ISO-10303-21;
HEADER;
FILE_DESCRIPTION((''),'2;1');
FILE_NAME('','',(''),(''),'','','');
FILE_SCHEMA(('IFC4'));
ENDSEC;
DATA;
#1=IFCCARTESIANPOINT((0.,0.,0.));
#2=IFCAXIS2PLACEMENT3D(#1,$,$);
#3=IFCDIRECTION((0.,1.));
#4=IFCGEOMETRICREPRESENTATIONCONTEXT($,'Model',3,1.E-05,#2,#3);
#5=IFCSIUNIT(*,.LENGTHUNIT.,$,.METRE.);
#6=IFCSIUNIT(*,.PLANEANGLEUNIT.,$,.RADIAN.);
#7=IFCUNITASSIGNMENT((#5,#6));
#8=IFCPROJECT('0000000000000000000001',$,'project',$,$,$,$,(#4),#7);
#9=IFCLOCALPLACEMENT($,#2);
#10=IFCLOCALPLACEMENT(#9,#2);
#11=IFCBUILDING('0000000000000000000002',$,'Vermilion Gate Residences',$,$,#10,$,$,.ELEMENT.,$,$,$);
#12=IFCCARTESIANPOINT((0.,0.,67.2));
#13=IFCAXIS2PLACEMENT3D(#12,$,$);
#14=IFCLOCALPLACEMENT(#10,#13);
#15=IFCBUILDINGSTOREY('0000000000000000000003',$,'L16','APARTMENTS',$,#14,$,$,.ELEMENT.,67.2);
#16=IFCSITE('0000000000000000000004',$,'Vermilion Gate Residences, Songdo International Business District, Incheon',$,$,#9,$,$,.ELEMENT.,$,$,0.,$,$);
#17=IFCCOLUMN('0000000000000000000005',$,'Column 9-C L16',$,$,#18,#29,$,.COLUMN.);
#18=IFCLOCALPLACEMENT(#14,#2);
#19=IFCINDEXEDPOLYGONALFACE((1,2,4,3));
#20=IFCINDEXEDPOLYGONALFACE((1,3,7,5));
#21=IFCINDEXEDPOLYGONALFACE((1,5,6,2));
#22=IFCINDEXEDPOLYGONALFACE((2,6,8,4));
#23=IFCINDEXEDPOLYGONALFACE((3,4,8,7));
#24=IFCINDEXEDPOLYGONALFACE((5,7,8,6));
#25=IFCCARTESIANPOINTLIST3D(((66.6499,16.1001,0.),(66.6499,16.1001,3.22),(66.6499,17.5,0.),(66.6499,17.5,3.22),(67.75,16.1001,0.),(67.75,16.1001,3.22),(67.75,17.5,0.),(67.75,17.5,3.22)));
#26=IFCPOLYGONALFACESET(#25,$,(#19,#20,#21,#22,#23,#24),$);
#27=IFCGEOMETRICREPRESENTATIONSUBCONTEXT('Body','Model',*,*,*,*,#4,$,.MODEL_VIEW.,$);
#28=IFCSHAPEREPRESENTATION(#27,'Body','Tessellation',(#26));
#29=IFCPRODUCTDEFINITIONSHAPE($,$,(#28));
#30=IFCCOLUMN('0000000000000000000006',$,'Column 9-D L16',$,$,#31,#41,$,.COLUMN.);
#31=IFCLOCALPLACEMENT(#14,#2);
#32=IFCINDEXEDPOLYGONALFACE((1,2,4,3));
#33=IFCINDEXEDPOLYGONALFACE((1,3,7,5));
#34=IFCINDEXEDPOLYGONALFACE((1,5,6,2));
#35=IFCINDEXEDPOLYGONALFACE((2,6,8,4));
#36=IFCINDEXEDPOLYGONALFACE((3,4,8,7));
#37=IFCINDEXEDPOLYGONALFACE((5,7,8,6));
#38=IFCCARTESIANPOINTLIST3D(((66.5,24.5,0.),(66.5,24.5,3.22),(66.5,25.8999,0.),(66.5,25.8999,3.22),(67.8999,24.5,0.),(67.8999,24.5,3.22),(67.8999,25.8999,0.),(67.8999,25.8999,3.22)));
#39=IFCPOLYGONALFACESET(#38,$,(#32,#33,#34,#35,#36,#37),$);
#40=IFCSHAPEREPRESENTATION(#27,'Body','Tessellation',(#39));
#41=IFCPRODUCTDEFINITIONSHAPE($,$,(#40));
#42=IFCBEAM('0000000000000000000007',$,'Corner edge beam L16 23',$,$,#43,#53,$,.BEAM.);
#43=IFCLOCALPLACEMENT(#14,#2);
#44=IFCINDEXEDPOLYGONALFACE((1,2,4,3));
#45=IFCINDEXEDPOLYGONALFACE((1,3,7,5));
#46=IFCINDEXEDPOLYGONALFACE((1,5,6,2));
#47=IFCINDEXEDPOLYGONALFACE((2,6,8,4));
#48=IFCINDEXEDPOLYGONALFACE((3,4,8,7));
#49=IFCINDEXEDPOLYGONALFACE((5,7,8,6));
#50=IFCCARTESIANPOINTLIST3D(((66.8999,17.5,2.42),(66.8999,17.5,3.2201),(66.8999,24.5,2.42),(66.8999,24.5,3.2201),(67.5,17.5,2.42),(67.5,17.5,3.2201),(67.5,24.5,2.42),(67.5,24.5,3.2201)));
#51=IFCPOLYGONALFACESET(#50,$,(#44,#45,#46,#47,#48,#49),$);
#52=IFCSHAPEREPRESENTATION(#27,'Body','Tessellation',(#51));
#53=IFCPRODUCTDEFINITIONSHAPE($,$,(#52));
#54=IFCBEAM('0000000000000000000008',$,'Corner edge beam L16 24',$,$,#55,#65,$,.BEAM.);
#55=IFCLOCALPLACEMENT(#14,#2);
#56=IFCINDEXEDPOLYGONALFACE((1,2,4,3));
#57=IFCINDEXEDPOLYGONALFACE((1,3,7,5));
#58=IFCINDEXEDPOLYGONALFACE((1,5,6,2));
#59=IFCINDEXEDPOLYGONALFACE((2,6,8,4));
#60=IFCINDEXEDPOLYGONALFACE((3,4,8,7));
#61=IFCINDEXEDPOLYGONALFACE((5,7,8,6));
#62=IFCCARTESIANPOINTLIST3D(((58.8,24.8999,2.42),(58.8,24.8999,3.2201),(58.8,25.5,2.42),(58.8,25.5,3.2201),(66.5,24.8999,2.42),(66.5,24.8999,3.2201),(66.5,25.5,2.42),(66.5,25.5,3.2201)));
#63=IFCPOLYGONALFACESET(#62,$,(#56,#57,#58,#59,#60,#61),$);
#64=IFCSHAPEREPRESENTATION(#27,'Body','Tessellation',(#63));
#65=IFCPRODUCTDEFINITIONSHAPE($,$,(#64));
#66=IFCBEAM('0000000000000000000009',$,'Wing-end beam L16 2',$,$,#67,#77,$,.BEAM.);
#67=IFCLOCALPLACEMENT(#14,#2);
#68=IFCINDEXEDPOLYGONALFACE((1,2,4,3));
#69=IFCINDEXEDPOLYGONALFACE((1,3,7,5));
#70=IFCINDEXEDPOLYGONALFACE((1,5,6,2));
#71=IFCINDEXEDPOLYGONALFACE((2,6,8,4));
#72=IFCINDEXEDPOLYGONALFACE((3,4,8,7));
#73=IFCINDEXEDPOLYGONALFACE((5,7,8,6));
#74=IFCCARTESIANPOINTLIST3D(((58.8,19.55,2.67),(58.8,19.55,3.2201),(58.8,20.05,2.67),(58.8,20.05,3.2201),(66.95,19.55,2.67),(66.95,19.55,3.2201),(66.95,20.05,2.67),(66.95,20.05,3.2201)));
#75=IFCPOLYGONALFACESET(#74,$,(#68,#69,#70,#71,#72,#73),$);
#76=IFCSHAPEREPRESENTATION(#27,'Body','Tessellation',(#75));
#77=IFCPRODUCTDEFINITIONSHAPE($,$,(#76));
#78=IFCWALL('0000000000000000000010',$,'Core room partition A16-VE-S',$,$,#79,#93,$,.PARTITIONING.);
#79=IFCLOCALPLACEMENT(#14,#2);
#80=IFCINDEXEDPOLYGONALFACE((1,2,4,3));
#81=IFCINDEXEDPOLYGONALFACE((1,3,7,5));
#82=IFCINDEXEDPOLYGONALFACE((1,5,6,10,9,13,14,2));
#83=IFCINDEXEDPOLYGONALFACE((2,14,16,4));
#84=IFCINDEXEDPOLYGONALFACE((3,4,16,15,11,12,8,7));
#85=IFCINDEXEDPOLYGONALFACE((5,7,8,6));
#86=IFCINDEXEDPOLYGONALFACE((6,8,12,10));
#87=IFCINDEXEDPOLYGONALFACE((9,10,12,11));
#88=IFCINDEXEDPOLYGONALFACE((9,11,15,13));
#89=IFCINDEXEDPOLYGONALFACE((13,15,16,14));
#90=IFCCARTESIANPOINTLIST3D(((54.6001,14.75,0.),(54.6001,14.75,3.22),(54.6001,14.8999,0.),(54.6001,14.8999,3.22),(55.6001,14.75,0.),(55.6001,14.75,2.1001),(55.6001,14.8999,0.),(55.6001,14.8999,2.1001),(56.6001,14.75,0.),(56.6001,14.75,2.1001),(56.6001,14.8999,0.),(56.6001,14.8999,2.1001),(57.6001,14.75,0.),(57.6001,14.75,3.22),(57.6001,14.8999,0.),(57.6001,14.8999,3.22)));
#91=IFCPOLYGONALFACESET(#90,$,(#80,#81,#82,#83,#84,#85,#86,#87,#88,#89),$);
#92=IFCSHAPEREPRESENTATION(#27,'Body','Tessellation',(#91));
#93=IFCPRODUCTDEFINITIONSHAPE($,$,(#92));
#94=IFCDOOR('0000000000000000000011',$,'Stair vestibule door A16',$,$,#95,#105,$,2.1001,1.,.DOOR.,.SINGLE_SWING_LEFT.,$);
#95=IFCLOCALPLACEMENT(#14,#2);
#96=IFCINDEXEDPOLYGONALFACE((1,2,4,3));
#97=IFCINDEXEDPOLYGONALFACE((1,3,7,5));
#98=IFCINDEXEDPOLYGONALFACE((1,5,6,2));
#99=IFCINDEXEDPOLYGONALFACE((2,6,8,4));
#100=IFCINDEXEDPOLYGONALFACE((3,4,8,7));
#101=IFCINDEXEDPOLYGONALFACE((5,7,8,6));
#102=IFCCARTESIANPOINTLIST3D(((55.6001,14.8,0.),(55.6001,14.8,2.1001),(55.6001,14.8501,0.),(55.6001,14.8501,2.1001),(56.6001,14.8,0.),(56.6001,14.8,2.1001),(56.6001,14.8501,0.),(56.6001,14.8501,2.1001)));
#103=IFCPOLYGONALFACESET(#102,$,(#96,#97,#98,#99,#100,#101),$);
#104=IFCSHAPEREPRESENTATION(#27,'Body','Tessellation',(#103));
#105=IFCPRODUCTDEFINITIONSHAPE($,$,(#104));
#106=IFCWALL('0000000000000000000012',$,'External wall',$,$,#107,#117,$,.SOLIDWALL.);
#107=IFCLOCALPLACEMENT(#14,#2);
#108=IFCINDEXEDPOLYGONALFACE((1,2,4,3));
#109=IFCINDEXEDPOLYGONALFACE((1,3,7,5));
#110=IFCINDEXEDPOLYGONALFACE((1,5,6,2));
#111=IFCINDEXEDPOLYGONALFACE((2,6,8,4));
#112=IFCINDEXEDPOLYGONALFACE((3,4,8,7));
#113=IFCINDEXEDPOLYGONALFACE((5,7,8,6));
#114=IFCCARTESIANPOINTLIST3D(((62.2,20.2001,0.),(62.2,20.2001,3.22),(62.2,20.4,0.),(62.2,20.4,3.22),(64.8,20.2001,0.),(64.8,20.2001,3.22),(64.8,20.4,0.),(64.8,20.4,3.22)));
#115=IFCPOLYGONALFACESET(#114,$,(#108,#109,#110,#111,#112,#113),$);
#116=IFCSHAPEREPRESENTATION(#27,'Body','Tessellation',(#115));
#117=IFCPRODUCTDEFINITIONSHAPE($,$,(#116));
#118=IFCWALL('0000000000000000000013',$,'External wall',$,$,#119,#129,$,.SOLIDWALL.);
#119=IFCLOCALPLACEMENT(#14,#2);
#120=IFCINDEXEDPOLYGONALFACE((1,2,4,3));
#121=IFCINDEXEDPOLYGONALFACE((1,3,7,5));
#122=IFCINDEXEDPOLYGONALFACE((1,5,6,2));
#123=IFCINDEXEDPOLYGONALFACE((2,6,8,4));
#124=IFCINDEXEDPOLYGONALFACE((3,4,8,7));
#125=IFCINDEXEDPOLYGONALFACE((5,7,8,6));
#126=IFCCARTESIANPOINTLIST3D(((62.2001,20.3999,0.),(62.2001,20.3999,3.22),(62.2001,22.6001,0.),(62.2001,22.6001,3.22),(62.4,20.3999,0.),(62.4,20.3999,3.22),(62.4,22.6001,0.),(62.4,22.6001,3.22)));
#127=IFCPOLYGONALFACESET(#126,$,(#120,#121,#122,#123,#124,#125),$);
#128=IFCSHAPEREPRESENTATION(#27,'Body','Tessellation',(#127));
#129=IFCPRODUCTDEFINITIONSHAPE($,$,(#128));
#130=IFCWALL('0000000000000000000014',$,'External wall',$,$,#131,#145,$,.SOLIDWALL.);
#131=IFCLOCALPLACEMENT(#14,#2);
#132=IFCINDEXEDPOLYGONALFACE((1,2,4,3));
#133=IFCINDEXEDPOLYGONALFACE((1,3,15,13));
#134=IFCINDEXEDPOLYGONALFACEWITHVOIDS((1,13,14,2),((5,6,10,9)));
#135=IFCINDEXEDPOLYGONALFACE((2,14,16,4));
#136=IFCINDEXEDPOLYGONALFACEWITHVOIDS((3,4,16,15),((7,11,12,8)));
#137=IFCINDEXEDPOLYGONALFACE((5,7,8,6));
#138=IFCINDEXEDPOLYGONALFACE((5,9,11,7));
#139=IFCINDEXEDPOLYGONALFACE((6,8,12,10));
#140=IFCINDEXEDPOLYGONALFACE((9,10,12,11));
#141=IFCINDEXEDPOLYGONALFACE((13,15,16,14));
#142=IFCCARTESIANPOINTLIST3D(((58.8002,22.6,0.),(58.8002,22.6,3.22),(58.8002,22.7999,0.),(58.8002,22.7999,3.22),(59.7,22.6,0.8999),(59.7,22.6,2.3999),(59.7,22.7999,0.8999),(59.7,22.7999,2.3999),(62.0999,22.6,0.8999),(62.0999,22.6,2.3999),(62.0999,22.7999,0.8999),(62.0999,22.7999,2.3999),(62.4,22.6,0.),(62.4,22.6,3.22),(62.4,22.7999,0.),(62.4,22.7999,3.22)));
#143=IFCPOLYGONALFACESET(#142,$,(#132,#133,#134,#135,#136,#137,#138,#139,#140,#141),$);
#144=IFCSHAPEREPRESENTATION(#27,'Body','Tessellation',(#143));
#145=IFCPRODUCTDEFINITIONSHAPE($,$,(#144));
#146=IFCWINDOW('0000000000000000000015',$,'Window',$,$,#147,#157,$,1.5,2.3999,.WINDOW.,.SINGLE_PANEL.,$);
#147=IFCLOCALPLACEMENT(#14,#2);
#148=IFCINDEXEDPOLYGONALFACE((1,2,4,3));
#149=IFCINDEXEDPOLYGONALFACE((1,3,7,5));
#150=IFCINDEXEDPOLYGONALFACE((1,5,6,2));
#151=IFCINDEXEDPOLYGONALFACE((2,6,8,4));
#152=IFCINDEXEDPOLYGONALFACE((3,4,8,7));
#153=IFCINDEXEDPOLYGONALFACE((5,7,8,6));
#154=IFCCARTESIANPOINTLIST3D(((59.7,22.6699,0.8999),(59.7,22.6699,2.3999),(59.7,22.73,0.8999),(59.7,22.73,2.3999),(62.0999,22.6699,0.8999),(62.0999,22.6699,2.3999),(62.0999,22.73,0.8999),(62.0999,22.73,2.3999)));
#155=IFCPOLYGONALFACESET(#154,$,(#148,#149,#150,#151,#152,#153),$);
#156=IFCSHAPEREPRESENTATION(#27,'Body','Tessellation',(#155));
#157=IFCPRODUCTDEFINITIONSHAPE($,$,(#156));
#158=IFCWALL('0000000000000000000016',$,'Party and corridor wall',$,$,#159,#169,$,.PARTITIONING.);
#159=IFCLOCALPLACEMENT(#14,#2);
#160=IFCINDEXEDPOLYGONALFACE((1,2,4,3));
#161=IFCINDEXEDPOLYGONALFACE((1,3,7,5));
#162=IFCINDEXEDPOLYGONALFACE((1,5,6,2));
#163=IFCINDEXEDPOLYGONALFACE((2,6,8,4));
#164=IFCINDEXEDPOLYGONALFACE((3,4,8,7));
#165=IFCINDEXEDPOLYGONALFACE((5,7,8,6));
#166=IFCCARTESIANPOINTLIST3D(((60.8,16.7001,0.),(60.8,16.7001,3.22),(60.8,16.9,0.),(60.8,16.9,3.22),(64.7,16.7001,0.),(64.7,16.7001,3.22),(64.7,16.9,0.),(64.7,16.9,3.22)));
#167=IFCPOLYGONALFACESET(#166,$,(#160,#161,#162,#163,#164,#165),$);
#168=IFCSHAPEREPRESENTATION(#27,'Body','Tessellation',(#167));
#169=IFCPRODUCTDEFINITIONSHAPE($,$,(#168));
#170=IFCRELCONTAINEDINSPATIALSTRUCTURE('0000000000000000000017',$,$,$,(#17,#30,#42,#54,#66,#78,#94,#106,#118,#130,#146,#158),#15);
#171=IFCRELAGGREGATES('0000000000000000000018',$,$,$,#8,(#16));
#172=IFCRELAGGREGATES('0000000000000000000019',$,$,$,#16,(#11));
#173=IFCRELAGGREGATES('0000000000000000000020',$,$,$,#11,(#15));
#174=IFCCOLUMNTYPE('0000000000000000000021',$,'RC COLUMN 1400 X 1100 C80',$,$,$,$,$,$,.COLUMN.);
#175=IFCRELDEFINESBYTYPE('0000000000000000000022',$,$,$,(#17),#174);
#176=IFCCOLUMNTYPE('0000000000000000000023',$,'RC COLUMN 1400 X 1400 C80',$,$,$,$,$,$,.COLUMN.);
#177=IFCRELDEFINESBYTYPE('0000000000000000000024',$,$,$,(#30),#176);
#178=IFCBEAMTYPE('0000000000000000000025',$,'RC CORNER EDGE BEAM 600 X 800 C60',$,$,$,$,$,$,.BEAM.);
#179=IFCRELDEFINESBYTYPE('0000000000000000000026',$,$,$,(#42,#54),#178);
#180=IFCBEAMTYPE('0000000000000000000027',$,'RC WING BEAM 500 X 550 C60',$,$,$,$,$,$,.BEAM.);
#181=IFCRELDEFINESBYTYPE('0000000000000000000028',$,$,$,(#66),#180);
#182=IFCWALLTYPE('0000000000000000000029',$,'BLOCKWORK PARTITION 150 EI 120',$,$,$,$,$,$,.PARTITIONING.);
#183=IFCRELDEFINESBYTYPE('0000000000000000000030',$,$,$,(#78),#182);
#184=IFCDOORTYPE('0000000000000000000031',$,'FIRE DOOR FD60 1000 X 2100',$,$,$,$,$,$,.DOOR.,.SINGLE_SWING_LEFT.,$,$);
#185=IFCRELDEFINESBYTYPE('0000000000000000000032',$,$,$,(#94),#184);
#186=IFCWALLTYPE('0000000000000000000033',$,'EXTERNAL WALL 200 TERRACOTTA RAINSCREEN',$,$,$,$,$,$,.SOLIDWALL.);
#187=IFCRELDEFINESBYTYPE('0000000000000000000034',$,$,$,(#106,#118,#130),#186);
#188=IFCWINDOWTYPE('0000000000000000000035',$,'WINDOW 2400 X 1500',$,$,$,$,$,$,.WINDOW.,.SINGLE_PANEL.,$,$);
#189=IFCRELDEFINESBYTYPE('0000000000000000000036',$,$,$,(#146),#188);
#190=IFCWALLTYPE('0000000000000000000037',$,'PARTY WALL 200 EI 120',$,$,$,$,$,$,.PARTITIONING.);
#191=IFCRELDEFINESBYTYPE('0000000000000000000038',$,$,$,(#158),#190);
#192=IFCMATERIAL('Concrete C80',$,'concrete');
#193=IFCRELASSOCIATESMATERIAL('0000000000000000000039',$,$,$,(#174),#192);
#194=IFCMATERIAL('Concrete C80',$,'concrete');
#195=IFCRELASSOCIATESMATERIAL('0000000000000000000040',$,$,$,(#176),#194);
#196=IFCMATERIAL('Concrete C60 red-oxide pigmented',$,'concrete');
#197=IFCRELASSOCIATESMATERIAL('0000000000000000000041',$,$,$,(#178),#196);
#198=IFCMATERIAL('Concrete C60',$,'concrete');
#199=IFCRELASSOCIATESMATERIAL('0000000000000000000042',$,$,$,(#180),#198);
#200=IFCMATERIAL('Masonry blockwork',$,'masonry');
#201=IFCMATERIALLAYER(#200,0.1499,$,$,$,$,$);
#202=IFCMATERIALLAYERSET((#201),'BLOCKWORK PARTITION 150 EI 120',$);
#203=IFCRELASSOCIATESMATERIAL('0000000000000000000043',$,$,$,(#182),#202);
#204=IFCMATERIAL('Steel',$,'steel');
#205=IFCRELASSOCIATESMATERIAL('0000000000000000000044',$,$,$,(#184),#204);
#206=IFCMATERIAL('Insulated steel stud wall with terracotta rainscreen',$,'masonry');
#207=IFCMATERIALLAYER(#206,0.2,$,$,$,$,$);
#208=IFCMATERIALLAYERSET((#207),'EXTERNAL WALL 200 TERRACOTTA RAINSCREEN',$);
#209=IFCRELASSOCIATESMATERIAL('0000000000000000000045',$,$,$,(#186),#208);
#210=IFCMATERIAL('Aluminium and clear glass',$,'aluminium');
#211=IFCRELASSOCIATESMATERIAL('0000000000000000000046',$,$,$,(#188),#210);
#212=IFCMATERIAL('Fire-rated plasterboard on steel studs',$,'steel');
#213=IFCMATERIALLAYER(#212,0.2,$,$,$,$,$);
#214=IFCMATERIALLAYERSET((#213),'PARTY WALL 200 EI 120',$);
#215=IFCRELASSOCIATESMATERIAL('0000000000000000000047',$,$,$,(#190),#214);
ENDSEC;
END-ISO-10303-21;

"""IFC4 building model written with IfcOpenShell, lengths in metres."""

from ifc_helpers import new_model, si_unit, direction, frame, frame_2d, origin, origin_2d, place, context, subcontext, project, spatial, rectangle, extrude, material, layer, layer_set, material_profile, profile_set, type_object, element, fill, save


model = new_model("IFC4")

# Units and contexts
model_context = context("Model", 3, precision=1e-05, world=origin(), true_north=direction((0.0, 1.0)))
body_context = subcontext(model_context, "Body", "Model", "MODEL_VIEW")
ifc_project = project(units=[si_unit("LENGTHUNIT", "METRE"), si_unit("PLANEANGLEUNIT", "RADIAN")], contexts=[model_context])

# Site, building, storey
site_placement = place(None, origin())
site = spatial("IfcSite", under=ifc_project, at=site_placement, Name="Vermilion Gate Residences, Songdo International Business District, Incheon", CompositionType="ELEMENT", RefElevation=0.0)
building_placement = place(site_placement, origin())
building = spatial("IfcBuilding", under=site, at=building_placement, Name="Vermilion Gate Residences", CompositionType="ELEMENT")
storey_placement = place(building_placement, frame((0.0, 0.0, 67.2)))
storey = spatial("IfcBuildingStorey", under=building, at=storey_placement, Name="L16", Description="APARTMENTS", CompositionType="ELEMENT", Elevation=67.2)

# Columns
ifc_material_1 = material(Name="Concrete C80", Category="concrete")
ifc_material_profile_1 = material_profile(ifc_material_1, rectangle(XDim=1.3999, YDim=1.1001, at=origin_2d()), Name="RC-1400x1100")
ifc_profile_set_1 = profile_set([ifc_material_profile_1], Name="Concrete C80")
column_type_1 = type_object("IfcColumnType", Name="RC COLUMN 1400 X 1100 C80", PredefinedType="COLUMN", material=ifc_profile_set_1)
column_1_placement = place(storey_placement, frame((67.2, 16.8, 0.0), z_axis=(0.0, 0.0, 1.0), x_axis=(0.0, 1.0, 0.0)))
element("IfcColumn", 1, at=column_1_placement, inside=storey, type_object=column_type_1, Name="Column 9-C L16", PredefinedType="COLUMN", context=body_context, shape_type="SweptSolid", body=[
    extrude(rectangle(XDim=1.3999, YDim=1.1001, at=origin_2d()), origin(), (0.0, 0.0, 1.0), 3.22),
])
ifc_material_2 = material(Name="Concrete C80", Category="concrete")
ifc_material_profile_2 = material_profile(ifc_material_2, rectangle(XDim=1.3999, YDim=1.3999, at=origin_2d()), Name="RC-1400x1400")
ifc_profile_set_2 = profile_set([ifc_material_profile_2], Name="Concrete C80")
column_type_2 = type_object("IfcColumnType", Name="RC COLUMN 1400 X 1400 C80", PredefinedType="COLUMN", material=ifc_profile_set_2)
column_2_placement = place(storey_placement, frame((67.2, 25.2, 0.0), z_axis=(0.0, 0.0, 1.0), x_axis=(1.0, 0.0, 0.0)))
element("IfcColumn", 2, at=column_2_placement, inside=storey, type_object=column_type_2, Name="Column 9-D L16", PredefinedType="COLUMN", context=body_context, shape_type="SweptSolid", body=[
    extrude(rectangle(XDim=1.3999, YDim=1.3999, at=origin_2d()), origin(), (0.0, 0.0, 1.0), 3.22),
])

# Beams
ifc_material_3 = material(Name="Concrete C60 red-oxide pigmented", Category="concrete")
ifc_material_profile_3 = material_profile(ifc_material_3, rectangle(XDim=0.6001, YDim=0.8, at=origin_2d()), Name="RC-600x800")
ifc_profile_set_3 = profile_set([ifc_material_profile_3], Name="Concrete C60 red-oxide pigmented")
beam_type_1 = type_object("IfcBeamType", Name="RC CORNER EDGE BEAM 600 X 800 C60", PredefinedType="BEAM", material=ifc_profile_set_3)
beam_1_placement = place(storey_placement, frame((67.2, 17.5, 2.8201), z_axis=(0.0, 1.0, 0.0), x_axis=(-1.0, 0.0, 0.0)))
element("IfcBeam", 3, at=beam_1_placement, inside=storey, type_object=beam_type_1, Name="Corner edge beam L16 23", PredefinedType="BEAM", context=body_context, shape_type="SweptSolid", body=[
    extrude(rectangle(XDim=0.6001, YDim=0.8, at=origin_2d()), origin(), (0.0, 0.0, 1.0), 7.0),
])
beam_2_placement = place(storey_placement, frame((58.8, 25.2, 2.8201), z_axis=(1.0, 0.0, 0.0), x_axis=(0.0, 1.0, 0.0)))
element("IfcBeam", 4, at=beam_2_placement, inside=storey, type_object=beam_type_1, Name="Corner edge beam L16 24", PredefinedType="BEAM", context=body_context, shape_type="SweptSolid", body=[
    extrude(rectangle(XDim=0.6001, YDim=0.8, at=origin_2d()), origin(), (0.0, 0.0, 1.0), 7.7),
])
ifc_material_4 = material(Name="Concrete C60", Category="concrete")
ifc_material_profile_4 = material_profile(ifc_material_4, rectangle(XDim=0.5, YDim=0.55, at=origin_2d()), Name="RC-500x550")
ifc_profile_set_4 = profile_set([ifc_material_profile_4], Name="Concrete C60")
beam_type_2 = type_object("IfcBeamType", Name="RC WING BEAM 500 X 550 C60", PredefinedType="BEAM", material=ifc_profile_set_4)
beam_3_placement = place(storey_placement, frame((58.8, 19.8, 2.9451), z_axis=(1.0, 0.0, 0.0), x_axis=(0.0, 1.0, 0.0)))
element("IfcBeam", 5, at=beam_3_placement, inside=storey, type_object=beam_type_2, Name="Wing-end beam L16 2", PredefinedType="BEAM", context=body_context, shape_type="SweptSolid", body=[
    extrude(rectangle(XDim=0.5, YDim=0.55, at=origin_2d()), origin(), (0.0, 0.0, 1.0), 8.1499),
])

# Wall, opening, door
ifc_material_5 = material(Name="Masonry blockwork", Category="masonry")
ifc_layer_1 = layer(ifc_material_5, 0.1499)
ifc_layer_set_1 = layer_set([ifc_layer_1], Name="BLOCKWORK PARTITION 150 EI 120")
wall_type_1 = type_object("IfcWallType", Name="BLOCKWORK PARTITION 150 EI 120", PredefinedType="PARTITIONING", material=ifc_layer_set_1)
wall_1_placement = place(storey_placement, frame((54.6001, 14.825, 0.0), z_axis=(0.0, 0.0, 1.0), x_axis=(1.0, 0.0, 0.0)))
wall_1 = element("IfcWall", 6, at=wall_1_placement, inside=storey, type_object=wall_type_1, Name="Core room partition A16-VE-S", PredefinedType="PARTITIONING", context=body_context, shape_type="SweptSolid", body=[
    extrude(rectangle(XDim=3.0, YDim=0.1499, at=frame_2d((1.5, 0.0))), origin(), (0.0, 0.0, 1.0), 3.22),
])
opening_1_placement = place(wall_1_placement, frame((1.0, 0.0, 0.0)))
opening_1 = element("IfcOpeningElement", 7, at=opening_1_placement, cuts=wall_1, PredefinedType="OPENING", context=body_context, shape_type="SweptSolid", body=[
    extrude(rectangle(XDim=1.0, YDim=2.1001, at=frame_2d((0.5, 1.05))), frame((0.0, 0.085, 0.0), z_axis=(0.0, -1.0, 0.0), x_axis=(1.0, 0.0, 0.0)), (0.0, 0.0, 1.0), 0.1699),
])
ifc_material_6 = material(Name="Steel", Category="steel")
door_type = type_object("IfcDoorType", Name="FIRE DOOR FD60 1000 X 2100", OperationType="SINGLE_SWING_LEFT", PredefinedType="DOOR", material=ifc_material_6)
door_1_placement = place(opening_1_placement, frame((1.0, 0.0, 0.0), z_axis=(0.0, 0.0, 1.0), x_axis=(-1.0, 0.0, 0.0)))
door_1 = element("IfcDoor", 8, at=door_1_placement, inside=storey, type_object=door_type, Name="Stair vestibule door A16", OperationType="SINGLE_SWING_LEFT", OverallHeight=2.1001, OverallWidth=1.0, PredefinedType="DOOR", context=body_context, shape_type="SweptSolid", body=[
    extrude(rectangle(XDim=1.0, YDim=2.1001, at=frame_2d((0.5, 1.05))), frame((0.0, 0.0249, 0.0), z_axis=(0.0, -1.0, 0.0), x_axis=(1.0, 0.0, 0.0)), (0.0, 0.0, 1.0), 0.05),
])
fill(opening_1, door_1)

# Walls
ifc_material_7 = material(Name="Insulated steel stud wall with terracotta rainscreen", Category="masonry")
ifc_layer_2 = layer(ifc_material_7, 0.2)
ifc_layer_set_2 = layer_set([ifc_layer_2], Name="EXTERNAL WALL 200 TERRACOTTA RAINSCREEN")
wall_type_2 = type_object("IfcWallType", Name="EXTERNAL WALL 200 TERRACOTTA RAINSCREEN", PredefinedType="SOLIDWALL", material=ifc_layer_set_2)
wall_2_placement = place(storey_placement, frame((64.8, 20.3, 0.0), z_axis=(0.0, 0.0, 1.0), x_axis=(-1.0, 0.0, 0.0)))
element("IfcWall", 9, at=wall_2_placement, inside=storey, type_object=wall_type_2, Name="External wall", PredefinedType="SOLIDWALL", context=body_context, shape_type="SweptSolid", body=[
    extrude(rectangle(XDim=2.6001, YDim=0.2, at=frame_2d((1.3, 0.0))), origin(), (0.0, 0.0, 1.0), 3.22),
])
wall_3_placement = place(storey_placement, frame((62.3, 20.3999, 0.0), z_axis=(0.0, 0.0, 1.0), x_axis=(0.0, 1.0, 0.0)))
element("IfcWall", 10, at=wall_3_placement, inside=storey, type_object=wall_type_2, Name="External wall", PredefinedType="SOLIDWALL", context=body_context, shape_type="SweptSolid", body=[
    extrude(rectangle(XDim=2.2002, YDim=0.2, at=frame_2d((1.1001, 0.0))), origin(), (0.0, 0.0, 1.0), 3.22),
])

# Wall, opening, window
wall_4_placement = place(storey_placement, frame((62.3999, 22.7, 0.0), z_axis=(0.0, 0.0, 1.0), x_axis=(-1.0, 0.0, 0.0)))
wall_4 = element("IfcWall", 11, at=wall_4_placement, inside=storey, type_object=wall_type_2, Name="External wall", PredefinedType="SOLIDWALL", context=body_context, shape_type="SweptSolid", body=[
    extrude(rectangle(XDim=3.5999, YDim=0.2, at=frame_2d((1.7998, 0.0))), origin(), (0.0, 0.0, 1.0), 3.22),
])
opening_2_placement = place(wall_4_placement, frame((0.3, 0.0, 0.8999)))
opening_2 = element("IfcOpeningElement", 12, at=opening_2_placement, cuts=wall_4, PredefinedType="OPENING", context=body_context, shape_type="SweptSolid", body=[
    extrude(rectangle(XDim=2.3999, YDim=1.5, at=frame_2d((1.2, 0.75))), frame((0.0, 0.1099, 0.0), z_axis=(0.0, -1.0, 0.0), x_axis=(1.0, 0.0, 0.0)), (0.0, 0.0, 1.0), 0.22),
])
ifc_material_8 = material(Name="Aluminium and clear glass", Category="aluminium")
window_type = type_object("IfcWindowType", Name="WINDOW 2400 X 1500", PartitioningType="SINGLE_PANEL", PredefinedType="WINDOW", material=ifc_material_8)
window_placement = place(opening_2_placement, origin())
window = element("IfcWindow", 13, at=window_placement, inside=storey, type_object=window_type, Name="Window", OverallHeight=1.5, OverallWidth=2.3999, PartitioningType="SINGLE_PANEL", PredefinedType="WINDOW", context=body_context, shape_type="SweptSolid", body=[
    extrude(rectangle(XDim=2.3999, YDim=1.5, at=frame_2d((1.2, 0.75))), frame((0.0, 0.03, 0.0), z_axis=(0.0, -1.0, 0.0), x_axis=(1.0, 0.0, 0.0)), (0.0, 0.0, 1.0), 0.0601),
])
fill(opening_2, window)

# Wall
ifc_material_9 = material(Name="Fire-rated plasterboard on steel studs", Category="steel")
ifc_layer_3 = layer(ifc_material_9, 0.2)
ifc_layer_set_3 = layer_set([ifc_layer_3], Name="PARTY WALL 200 EI 120")
wall_type_3 = type_object("IfcWallType", Name="PARTY WALL 200 EI 120", PredefinedType="PARTITIONING", material=ifc_layer_set_3)
wall_5_placement = place(storey_placement, frame((60.8, 16.8, 0.0), z_axis=(0.0, 0.0, 1.0), x_axis=(1.0, 0.0, 0.0)))
element("IfcWall", 14, at=wall_5_placement, inside=storey, type_object=wall_type_3, Name="Party and corridor wall", PredefinedType="PARTITIONING", context=body_context, shape_type="SweptSolid", body=[
    extrude(rectangle(XDim=3.8999, YDim=0.2, at=frame_2d((1.95, 0.0))), origin(), (0.0, 0.0, 1.0), 3.22),
])

save(model, "model.ifc")
